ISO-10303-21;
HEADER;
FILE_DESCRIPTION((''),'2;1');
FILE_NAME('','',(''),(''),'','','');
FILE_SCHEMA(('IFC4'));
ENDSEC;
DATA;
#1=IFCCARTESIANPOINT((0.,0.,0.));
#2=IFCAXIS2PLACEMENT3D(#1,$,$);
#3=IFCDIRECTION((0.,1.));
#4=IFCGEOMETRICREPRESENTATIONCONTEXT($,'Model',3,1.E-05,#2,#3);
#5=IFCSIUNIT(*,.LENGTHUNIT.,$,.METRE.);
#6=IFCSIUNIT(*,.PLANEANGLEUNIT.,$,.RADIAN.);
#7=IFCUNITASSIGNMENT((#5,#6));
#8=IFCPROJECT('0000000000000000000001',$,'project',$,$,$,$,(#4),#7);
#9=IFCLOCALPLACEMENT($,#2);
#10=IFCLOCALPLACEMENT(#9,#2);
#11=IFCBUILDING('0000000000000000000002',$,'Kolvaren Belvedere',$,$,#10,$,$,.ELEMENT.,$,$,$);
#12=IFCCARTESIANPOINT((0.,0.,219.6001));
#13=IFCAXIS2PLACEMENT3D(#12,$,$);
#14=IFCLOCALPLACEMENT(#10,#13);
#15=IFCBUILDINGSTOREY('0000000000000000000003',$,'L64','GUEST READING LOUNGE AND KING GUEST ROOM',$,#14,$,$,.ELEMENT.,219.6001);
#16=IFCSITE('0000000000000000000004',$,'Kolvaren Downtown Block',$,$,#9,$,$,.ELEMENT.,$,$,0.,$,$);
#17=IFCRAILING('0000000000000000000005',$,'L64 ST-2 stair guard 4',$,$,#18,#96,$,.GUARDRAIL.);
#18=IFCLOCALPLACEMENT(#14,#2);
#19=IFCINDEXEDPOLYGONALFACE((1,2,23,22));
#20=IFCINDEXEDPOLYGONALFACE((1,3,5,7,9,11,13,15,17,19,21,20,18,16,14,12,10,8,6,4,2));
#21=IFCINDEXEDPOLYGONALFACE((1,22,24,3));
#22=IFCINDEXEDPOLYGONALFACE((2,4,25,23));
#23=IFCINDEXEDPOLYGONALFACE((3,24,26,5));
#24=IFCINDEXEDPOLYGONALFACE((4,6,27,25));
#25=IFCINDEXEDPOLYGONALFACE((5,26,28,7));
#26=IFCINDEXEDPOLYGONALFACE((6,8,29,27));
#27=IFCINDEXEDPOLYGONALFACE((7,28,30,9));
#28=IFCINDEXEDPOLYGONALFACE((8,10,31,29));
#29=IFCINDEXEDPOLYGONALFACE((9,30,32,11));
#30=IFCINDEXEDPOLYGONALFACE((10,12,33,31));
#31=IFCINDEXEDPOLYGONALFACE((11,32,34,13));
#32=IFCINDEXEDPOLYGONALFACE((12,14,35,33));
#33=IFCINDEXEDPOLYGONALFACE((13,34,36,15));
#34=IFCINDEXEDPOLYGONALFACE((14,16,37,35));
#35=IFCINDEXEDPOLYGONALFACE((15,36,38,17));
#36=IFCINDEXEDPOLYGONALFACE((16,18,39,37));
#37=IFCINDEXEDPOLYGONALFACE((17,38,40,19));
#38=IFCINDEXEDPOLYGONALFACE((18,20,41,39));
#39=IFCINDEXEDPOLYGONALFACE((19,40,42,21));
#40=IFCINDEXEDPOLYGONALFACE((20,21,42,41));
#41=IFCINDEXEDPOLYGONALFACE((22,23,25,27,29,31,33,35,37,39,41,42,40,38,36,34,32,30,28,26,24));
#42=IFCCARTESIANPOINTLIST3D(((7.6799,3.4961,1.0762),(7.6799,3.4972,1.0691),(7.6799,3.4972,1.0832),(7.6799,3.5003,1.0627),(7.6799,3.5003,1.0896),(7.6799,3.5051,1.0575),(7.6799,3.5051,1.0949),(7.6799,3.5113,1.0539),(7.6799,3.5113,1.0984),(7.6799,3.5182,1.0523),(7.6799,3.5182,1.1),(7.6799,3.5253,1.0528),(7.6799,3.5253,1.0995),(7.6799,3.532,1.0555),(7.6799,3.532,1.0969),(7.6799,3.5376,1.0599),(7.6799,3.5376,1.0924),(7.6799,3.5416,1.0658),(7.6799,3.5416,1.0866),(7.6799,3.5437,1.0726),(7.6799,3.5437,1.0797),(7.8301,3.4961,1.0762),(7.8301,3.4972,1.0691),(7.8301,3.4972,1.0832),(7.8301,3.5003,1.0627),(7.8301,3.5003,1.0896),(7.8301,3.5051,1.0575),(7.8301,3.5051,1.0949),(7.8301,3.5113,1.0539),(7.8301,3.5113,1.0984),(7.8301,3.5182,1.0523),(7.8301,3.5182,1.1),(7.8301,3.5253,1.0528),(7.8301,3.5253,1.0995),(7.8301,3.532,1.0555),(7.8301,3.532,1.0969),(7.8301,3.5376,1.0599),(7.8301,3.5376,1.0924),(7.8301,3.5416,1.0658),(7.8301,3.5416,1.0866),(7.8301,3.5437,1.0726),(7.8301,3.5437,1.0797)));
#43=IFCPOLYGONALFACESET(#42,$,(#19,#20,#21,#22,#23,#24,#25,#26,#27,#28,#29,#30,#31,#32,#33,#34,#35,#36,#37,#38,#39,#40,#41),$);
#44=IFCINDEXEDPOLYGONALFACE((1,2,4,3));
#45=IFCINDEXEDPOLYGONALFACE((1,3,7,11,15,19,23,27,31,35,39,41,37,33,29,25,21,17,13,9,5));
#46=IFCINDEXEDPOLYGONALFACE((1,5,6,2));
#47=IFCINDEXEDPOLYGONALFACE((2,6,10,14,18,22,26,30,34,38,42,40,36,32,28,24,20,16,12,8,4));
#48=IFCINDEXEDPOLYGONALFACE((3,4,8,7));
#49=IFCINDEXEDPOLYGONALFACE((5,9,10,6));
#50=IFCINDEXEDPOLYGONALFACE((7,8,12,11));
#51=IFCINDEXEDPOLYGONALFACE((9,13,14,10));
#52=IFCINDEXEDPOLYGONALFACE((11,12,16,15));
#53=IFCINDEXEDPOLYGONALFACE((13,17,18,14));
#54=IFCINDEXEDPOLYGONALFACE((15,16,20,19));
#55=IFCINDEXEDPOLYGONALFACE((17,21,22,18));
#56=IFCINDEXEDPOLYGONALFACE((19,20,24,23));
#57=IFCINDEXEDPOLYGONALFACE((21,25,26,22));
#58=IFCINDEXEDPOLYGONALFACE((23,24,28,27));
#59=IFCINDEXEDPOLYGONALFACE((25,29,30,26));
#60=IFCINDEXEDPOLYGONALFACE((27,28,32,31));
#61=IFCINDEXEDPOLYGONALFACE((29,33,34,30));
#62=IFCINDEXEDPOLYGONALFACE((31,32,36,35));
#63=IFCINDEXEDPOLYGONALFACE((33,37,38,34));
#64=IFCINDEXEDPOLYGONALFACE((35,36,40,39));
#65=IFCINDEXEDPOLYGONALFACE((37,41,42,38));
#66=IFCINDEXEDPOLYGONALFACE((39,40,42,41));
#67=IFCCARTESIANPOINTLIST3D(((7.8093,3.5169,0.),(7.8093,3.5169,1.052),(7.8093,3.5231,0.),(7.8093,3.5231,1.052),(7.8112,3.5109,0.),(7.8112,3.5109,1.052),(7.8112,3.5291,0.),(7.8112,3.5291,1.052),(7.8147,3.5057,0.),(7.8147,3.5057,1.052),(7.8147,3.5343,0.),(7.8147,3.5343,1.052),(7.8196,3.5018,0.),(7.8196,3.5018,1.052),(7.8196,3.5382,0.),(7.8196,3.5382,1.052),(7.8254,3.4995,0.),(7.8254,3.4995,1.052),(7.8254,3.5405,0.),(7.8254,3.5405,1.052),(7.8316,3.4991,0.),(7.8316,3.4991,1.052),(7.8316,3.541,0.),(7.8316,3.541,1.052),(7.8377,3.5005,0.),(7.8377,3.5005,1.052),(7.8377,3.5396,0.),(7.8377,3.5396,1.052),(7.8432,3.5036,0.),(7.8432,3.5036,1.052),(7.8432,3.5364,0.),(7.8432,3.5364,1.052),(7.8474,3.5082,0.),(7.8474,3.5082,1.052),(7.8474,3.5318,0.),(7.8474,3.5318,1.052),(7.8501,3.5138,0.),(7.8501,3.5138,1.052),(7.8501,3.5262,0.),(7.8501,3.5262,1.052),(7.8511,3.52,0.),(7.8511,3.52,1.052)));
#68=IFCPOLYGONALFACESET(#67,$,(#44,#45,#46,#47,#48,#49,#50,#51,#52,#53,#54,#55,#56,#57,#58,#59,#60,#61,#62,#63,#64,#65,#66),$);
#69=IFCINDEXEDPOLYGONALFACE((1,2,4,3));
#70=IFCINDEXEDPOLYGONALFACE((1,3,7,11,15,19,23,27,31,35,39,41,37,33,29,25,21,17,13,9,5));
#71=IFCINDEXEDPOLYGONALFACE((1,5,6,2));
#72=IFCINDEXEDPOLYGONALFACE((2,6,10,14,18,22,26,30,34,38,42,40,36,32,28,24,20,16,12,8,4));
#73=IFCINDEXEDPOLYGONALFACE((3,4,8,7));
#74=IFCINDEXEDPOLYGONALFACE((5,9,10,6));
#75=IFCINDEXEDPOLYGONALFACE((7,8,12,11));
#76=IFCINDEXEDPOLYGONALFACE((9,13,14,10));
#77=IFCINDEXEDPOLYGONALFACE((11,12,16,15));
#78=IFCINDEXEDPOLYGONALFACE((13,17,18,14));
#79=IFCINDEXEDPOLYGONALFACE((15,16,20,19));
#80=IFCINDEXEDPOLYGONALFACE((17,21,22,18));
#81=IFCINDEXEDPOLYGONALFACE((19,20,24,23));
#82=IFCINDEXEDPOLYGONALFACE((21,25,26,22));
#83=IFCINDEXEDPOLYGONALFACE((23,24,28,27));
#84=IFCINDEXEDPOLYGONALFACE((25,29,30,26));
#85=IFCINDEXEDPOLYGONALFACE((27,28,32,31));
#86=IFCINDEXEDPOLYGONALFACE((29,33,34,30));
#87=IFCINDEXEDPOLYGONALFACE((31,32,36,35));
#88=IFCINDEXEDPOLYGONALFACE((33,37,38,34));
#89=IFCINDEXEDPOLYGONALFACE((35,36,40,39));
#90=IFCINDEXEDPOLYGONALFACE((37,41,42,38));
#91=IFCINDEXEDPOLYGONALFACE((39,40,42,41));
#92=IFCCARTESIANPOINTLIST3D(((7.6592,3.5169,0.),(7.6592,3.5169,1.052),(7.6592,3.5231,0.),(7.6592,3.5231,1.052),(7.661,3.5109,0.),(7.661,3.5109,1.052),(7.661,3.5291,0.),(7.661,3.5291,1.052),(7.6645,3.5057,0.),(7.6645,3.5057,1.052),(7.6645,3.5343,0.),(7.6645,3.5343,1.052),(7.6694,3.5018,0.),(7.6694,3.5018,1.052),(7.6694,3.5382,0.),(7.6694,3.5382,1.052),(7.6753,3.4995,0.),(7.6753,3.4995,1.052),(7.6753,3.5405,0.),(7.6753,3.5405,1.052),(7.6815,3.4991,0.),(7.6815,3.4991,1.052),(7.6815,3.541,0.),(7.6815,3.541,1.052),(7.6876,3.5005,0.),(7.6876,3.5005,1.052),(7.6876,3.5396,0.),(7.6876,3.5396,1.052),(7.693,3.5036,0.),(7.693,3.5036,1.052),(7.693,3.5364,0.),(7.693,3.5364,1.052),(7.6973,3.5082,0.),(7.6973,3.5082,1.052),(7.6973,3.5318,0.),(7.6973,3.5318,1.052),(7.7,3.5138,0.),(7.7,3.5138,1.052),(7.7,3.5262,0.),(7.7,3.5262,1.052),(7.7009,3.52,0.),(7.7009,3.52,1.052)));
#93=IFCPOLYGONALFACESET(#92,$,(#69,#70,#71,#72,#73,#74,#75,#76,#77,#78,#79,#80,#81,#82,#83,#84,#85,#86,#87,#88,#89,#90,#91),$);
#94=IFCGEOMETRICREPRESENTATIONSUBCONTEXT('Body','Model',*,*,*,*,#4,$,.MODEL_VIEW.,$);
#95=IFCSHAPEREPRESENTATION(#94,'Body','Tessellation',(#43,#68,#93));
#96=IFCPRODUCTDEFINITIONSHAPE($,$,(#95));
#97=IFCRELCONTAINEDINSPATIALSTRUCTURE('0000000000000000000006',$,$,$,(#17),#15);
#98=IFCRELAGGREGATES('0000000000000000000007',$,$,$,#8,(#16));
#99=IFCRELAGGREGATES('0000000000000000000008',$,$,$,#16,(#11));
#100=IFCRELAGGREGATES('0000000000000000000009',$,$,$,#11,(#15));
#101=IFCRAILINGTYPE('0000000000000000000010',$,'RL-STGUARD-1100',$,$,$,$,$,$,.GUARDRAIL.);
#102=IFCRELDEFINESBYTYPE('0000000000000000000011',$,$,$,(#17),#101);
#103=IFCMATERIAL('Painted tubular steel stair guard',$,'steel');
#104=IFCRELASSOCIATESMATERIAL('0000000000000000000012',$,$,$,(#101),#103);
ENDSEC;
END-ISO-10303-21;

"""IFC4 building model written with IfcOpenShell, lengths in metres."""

from ifc_helpers import new_model, si_unit, direction, frame, origin, origin_2d, place, context, subcontext, project, spatial, circle, extrude, material, type_object, element, save


model = new_model("IFC4")

# Units and contexts
model_context = context("Model", 3, precision=1e-05, world=origin(), true_north=direction((0.0, 1.0)))
body_context = subcontext(model_context, "Body", "Model", "MODEL_VIEW")
ifc_project = project(units=[si_unit("LENGTHUNIT", "METRE"), si_unit("PLANEANGLEUNIT", "RADIAN")], contexts=[model_context])

# Site, building, storey
site_placement = place(None, origin())
site = spatial("IfcSite", under=ifc_project, at=site_placement, Name="Kolvaren Downtown Block", CompositionType="ELEMENT", RefElevation=0.0)
building_placement = place(site_placement, origin())
building = spatial("IfcBuilding", under=site, at=building_placement, Name="Kolvaren Belvedere", CompositionType="ELEMENT")
storey_placement = place(building_placement, frame((0.0, 0.0, 219.6001)))
storey = spatial("IfcBuildingStorey", under=building, at=storey_placement, Name="L64", Description="GUEST READING LOUNGE AND KING GUEST ROOM", CompositionType="ELEMENT", Elevation=219.6001)

# Railing
ifc_material_1 = material(Name="Painted tubular steel stair guard", Category="steel")
railing_type_1 = type_object("IfcRailingType", Name="RL-STGUARD-1100", PredefinedType="GUARDRAIL", material=ifc_material_1)
railing_1_placement = place(storey_placement, frame((7.8301, 3.52, 0.0)))
element("IfcRailing", 1, at=railing_1_placement, inside=storey, type_object=railing_type_1, Name="L64 ST-2 stair guard 4", PredefinedType="GUARDRAIL", context=body_context, shape_type="SweptSolid", body=[
    extrude(circle(Radius=0.0239, at=origin_2d()), frame((0.0, 0.0, 1.0762), z_axis=(-1.0, 0.0, 0.0), x_axis=(0.0, -1.0, 0.0)), (0.0, 0.0, 1.0), 0.1501),
    extrude(circle(Radius=0.021, at=origin_2d()), origin(), (0.0, 0.0, 1.0), 1.052),
    extrude(circle(Radius=0.021, at=origin_2d()), frame((-0.1501, 0.0, 0.0)), (0.0, 0.0, 1.0), 1.052),
])

save(model, "model.ifc")
